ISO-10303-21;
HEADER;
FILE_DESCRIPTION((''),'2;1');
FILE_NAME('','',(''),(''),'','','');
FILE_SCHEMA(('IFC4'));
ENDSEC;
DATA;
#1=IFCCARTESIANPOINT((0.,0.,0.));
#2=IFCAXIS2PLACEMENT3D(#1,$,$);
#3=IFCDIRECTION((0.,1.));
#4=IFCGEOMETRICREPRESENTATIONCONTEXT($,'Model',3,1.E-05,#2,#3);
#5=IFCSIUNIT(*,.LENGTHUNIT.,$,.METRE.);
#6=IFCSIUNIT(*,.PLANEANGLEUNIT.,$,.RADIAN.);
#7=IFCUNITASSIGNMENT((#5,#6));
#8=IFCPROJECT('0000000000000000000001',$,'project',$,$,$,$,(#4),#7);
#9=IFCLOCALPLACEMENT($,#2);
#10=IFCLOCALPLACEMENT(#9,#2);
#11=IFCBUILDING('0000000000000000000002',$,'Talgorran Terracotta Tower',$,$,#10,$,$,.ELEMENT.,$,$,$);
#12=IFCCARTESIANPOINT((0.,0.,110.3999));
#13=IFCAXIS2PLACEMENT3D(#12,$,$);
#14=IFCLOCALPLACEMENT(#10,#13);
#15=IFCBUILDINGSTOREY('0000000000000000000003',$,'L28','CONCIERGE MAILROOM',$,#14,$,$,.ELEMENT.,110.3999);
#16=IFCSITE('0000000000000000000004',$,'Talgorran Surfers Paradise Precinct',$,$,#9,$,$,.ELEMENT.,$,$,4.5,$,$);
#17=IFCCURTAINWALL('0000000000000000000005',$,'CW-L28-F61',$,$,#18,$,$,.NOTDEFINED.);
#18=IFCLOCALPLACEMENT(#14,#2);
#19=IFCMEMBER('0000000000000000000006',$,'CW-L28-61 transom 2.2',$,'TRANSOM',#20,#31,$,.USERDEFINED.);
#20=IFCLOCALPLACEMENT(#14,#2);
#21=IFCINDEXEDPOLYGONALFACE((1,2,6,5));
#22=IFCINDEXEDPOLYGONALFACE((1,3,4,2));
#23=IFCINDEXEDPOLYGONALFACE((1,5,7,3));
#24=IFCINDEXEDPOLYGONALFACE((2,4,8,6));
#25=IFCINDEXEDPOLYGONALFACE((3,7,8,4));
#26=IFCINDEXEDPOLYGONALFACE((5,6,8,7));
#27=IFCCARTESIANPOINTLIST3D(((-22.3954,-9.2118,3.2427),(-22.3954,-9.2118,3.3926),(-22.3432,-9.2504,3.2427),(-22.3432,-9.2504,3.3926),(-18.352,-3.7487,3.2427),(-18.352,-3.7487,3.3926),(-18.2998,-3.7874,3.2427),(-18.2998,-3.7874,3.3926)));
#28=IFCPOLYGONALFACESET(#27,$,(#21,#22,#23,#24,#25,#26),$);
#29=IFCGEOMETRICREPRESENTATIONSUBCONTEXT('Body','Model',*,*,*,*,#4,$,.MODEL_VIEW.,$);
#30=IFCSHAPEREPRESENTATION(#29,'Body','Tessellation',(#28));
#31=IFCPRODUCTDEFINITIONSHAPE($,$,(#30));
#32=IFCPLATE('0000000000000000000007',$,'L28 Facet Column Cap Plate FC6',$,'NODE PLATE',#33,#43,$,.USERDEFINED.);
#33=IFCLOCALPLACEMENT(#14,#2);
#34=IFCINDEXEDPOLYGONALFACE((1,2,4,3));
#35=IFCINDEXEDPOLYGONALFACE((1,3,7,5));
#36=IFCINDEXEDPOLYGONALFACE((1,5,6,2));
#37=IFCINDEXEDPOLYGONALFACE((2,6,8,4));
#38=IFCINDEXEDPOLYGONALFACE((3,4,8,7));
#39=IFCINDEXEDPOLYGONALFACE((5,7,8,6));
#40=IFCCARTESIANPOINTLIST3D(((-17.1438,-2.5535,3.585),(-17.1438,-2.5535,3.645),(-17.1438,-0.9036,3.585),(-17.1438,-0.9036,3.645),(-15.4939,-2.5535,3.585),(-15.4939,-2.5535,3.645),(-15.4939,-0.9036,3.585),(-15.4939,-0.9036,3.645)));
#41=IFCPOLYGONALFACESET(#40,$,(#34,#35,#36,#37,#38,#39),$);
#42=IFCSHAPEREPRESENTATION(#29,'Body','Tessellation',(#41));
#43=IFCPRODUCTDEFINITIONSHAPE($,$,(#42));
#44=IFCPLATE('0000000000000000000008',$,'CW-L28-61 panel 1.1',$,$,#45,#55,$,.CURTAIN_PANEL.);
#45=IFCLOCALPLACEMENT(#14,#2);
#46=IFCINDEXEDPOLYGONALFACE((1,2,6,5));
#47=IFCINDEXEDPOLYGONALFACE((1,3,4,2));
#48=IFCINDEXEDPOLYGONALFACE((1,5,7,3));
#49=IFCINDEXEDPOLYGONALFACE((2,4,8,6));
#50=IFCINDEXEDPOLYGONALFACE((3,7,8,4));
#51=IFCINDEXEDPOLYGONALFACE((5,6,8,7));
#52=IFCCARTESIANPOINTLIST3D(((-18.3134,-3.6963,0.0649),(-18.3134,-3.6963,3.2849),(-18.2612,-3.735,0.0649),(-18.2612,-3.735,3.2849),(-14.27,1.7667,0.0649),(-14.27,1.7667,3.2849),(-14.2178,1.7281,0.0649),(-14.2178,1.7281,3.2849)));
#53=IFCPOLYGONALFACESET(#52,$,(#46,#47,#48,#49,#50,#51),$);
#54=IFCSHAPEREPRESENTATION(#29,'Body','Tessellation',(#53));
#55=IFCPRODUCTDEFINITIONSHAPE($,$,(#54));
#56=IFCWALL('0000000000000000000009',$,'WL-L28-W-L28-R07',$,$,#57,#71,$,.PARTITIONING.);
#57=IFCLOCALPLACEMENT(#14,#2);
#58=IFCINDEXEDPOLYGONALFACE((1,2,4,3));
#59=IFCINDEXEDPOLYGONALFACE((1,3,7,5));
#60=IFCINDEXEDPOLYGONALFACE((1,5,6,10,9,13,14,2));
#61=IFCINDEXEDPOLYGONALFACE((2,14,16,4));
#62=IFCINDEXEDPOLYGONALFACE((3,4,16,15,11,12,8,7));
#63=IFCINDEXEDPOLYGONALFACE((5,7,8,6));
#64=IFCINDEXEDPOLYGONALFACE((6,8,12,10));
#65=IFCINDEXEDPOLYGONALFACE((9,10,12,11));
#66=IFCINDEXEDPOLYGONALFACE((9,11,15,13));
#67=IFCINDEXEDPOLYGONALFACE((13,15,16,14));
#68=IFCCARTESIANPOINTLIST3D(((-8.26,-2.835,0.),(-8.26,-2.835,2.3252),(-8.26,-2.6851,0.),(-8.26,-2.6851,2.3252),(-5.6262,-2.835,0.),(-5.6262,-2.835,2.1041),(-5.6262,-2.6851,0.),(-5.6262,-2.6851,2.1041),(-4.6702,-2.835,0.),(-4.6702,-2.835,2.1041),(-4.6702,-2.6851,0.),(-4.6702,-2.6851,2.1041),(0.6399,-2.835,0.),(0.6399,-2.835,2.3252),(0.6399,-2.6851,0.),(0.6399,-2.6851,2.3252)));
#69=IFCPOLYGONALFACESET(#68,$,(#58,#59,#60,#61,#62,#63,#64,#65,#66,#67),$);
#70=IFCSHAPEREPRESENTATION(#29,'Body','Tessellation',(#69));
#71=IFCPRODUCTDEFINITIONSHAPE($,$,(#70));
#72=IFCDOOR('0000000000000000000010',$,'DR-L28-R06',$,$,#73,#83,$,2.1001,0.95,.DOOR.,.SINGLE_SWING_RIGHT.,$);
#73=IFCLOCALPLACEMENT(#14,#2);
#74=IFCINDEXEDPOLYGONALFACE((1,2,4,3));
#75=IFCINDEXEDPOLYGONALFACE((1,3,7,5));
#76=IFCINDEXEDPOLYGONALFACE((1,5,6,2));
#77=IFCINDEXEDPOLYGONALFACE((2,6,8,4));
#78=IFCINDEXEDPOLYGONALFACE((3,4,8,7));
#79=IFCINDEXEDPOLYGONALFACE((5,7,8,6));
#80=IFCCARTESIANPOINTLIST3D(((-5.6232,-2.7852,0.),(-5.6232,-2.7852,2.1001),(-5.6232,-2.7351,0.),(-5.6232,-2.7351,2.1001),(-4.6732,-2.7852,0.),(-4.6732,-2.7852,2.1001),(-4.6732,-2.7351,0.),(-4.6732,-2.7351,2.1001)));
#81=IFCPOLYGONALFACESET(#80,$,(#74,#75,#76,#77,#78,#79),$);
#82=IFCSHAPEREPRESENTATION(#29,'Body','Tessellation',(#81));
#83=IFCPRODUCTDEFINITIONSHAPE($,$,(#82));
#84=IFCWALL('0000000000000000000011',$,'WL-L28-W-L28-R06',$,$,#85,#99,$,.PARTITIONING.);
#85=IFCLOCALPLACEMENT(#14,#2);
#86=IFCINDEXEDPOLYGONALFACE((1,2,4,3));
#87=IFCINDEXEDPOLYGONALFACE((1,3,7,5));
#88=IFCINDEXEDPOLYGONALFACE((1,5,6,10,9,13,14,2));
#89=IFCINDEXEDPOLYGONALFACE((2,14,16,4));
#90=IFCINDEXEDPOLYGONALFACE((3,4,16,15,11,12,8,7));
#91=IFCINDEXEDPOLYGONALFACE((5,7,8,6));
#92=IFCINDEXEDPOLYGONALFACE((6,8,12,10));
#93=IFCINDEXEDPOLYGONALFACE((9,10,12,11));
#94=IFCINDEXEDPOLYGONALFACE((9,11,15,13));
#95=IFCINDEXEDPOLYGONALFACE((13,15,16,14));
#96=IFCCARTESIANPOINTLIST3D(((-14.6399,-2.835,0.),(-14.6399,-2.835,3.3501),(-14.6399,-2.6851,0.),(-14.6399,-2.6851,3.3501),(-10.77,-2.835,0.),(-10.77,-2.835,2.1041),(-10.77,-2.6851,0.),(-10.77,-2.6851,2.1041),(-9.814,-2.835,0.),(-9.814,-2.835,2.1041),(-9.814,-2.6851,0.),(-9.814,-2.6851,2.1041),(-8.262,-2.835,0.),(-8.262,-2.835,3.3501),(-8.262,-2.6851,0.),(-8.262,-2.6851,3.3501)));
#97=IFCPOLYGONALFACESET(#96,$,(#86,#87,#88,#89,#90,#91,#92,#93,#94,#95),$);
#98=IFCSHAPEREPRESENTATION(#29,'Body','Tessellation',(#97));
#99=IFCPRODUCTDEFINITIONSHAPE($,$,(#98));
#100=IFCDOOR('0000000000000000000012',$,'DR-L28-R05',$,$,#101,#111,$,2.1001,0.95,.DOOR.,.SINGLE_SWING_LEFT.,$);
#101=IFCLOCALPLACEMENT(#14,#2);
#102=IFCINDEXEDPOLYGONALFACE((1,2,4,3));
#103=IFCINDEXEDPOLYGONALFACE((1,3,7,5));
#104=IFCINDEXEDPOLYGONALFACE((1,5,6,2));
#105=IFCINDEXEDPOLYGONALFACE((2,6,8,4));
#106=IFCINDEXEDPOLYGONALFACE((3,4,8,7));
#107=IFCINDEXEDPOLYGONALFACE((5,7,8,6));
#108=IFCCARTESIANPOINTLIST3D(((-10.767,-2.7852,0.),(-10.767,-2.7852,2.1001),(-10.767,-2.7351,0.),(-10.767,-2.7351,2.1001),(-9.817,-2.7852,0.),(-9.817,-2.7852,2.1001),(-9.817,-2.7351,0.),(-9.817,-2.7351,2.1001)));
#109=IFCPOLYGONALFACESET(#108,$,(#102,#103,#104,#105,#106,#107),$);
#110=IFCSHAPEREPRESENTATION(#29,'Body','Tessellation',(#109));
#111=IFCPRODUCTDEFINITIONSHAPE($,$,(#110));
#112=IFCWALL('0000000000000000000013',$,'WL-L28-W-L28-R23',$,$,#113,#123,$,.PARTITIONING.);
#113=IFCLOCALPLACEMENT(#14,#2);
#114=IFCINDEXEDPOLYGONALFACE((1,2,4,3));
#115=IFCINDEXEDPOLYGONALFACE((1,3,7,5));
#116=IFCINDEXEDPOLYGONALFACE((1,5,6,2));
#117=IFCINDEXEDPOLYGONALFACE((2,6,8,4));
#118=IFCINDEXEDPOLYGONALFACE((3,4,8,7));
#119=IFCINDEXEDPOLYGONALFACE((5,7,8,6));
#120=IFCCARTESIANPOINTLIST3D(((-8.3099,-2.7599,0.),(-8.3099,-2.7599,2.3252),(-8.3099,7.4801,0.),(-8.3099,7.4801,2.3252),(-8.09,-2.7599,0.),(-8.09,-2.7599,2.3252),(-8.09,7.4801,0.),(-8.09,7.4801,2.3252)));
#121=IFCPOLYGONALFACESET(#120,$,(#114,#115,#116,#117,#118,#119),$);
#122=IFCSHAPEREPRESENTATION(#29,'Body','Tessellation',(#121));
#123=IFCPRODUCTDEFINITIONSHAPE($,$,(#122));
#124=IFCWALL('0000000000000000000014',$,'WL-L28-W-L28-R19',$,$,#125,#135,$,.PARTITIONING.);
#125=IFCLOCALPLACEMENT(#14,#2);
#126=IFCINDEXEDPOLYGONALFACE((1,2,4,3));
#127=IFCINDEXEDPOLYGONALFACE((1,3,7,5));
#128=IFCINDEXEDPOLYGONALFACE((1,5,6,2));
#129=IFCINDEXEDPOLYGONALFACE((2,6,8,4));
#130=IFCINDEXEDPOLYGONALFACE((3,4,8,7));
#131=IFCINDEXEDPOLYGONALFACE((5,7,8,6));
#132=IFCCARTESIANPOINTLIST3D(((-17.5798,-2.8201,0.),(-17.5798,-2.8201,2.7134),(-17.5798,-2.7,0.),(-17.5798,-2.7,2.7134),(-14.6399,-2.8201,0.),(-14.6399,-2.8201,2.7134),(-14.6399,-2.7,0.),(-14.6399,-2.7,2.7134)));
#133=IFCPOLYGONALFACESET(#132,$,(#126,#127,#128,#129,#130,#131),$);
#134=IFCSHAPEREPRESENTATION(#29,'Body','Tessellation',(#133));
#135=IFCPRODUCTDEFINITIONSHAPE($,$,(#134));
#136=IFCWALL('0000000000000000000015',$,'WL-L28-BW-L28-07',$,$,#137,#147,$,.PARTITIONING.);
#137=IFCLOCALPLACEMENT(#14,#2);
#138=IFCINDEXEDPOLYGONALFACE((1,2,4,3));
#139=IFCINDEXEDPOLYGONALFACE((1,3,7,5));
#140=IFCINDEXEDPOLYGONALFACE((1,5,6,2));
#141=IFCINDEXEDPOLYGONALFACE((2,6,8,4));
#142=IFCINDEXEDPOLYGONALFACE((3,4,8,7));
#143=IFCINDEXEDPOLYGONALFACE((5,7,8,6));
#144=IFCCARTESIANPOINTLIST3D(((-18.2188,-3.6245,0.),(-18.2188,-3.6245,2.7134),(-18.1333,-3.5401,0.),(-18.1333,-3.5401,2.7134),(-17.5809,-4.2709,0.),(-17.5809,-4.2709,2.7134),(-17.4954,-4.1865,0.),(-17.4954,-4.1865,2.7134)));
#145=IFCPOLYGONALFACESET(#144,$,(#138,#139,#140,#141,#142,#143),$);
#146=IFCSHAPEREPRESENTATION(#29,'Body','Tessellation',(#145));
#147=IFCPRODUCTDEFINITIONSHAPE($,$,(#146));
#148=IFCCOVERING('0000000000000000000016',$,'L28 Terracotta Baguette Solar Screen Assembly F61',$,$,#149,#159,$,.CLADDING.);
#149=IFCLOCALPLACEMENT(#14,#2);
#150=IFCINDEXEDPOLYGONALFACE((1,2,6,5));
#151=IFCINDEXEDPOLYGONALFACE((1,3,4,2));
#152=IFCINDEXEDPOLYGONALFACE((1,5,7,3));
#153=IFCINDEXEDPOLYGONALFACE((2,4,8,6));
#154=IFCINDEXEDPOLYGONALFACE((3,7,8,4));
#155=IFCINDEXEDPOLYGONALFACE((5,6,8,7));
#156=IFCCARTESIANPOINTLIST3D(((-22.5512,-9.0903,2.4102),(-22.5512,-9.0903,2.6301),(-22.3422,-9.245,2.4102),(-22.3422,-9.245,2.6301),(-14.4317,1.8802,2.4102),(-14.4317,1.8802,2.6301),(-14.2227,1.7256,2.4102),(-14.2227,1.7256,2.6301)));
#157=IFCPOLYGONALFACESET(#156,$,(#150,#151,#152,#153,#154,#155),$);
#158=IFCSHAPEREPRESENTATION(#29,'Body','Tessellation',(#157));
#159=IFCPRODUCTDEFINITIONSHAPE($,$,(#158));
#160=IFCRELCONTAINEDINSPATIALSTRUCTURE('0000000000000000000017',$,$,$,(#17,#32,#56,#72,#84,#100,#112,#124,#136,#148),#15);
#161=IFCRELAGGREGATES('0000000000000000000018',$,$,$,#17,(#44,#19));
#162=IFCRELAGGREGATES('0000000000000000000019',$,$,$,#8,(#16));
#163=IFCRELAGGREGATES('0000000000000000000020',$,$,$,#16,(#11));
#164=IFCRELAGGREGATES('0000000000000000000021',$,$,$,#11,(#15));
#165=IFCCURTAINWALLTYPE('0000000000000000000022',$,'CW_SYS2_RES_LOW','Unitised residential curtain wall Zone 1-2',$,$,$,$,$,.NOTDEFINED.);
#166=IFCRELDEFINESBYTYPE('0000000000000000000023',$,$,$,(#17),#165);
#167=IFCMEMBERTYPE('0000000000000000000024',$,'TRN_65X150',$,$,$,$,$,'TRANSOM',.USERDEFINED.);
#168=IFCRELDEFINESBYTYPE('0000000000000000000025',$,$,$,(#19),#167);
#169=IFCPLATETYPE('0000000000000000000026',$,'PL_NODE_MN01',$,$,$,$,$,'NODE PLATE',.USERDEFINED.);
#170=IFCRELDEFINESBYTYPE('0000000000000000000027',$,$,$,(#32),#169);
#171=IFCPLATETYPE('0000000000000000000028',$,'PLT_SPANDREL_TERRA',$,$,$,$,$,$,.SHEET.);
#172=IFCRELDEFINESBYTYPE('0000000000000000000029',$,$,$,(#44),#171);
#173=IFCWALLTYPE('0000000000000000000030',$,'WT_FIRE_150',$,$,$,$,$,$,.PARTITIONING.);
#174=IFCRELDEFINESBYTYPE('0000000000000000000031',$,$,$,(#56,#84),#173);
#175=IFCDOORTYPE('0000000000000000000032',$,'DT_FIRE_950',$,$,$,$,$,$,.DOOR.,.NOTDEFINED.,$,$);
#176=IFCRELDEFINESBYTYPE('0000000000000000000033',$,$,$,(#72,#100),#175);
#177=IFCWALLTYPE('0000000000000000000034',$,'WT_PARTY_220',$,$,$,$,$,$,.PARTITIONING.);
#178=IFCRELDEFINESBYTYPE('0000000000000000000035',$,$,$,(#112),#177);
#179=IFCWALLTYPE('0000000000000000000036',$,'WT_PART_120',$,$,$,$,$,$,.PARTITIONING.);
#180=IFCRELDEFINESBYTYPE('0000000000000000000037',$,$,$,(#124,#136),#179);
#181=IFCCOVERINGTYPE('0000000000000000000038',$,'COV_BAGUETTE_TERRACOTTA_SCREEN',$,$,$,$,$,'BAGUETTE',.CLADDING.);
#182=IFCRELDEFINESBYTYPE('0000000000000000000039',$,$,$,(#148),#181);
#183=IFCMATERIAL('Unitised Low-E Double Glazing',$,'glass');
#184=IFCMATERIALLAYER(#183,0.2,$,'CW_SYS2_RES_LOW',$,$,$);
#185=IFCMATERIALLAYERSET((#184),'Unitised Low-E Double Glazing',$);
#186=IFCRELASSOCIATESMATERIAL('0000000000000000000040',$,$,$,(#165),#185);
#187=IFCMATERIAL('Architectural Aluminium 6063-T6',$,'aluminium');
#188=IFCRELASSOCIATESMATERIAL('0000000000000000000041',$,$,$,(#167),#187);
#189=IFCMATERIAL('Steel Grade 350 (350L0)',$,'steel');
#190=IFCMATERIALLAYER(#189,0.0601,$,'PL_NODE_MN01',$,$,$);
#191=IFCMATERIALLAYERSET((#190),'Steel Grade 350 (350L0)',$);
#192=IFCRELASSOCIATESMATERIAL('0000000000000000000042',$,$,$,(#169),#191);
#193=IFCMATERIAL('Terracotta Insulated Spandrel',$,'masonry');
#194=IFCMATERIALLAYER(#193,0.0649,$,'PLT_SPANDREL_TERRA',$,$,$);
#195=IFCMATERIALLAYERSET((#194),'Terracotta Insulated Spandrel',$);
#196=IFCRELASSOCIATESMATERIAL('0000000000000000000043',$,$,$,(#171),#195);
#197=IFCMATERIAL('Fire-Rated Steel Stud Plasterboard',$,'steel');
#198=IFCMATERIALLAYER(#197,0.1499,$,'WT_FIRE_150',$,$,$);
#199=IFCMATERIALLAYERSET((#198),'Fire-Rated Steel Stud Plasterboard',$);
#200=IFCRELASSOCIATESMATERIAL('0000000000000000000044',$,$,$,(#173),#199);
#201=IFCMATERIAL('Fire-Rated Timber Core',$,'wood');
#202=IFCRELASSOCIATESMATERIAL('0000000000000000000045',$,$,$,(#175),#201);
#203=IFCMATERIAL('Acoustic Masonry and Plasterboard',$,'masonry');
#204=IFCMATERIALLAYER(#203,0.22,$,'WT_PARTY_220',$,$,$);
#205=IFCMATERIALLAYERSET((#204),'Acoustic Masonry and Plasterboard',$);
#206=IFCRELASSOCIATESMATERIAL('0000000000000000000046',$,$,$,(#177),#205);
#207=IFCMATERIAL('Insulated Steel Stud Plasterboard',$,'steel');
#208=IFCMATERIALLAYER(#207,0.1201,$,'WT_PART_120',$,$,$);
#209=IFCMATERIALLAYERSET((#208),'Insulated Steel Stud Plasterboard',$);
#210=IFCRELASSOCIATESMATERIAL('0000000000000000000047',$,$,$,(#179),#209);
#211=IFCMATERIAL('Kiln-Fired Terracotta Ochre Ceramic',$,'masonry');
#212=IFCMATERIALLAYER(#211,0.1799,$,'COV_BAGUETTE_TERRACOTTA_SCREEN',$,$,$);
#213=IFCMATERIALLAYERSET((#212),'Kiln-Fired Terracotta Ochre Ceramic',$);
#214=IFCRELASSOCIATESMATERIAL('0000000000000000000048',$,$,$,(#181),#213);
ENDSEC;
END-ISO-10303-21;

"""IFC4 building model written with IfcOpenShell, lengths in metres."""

from ifc_helpers import new_model, si_unit, direction, frame, frame_2d, origin, origin_2d, place, context, subcontext, project, spatial, rectangle, extrude, source, transform, mapped, material, layer, layer_set, material_profile, profile_set, type_object, type_shapes, element, fill, aggregate, save


model = new_model("IFC4")

# Units and contexts
model_context = context("Model", 3, precision=1e-05, world=origin(), true_north=direction((0.0, 1.0)))
body_context = subcontext(model_context, "Body", "Model", "MODEL_VIEW")
ifc_project = project(units=[si_unit("LENGTHUNIT", "METRE"), si_unit("PLANEANGLEUNIT", "RADIAN")], contexts=[model_context])

# Site, building, storey
site_placement = place(None, origin())
site = spatial("IfcSite", under=ifc_project, at=site_placement, Name="Talgorran Surfers Paradise Precinct", CompositionType="ELEMENT", RefElevation=4.5)
building_placement = place(site_placement, origin())
building = spatial("IfcBuilding", under=site, at=building_placement, Name="Talgorran Terracotta Tower", CompositionType="ELEMENT")
storey_placement = place(building_placement, frame((0.0, 0.0, 110.3999)))
storey = spatial("IfcBuildingStorey", under=building, at=storey_placement, Name="L28", Description="CONCIERGE MAILROOM", CompositionType="ELEMENT", Elevation=110.3999)

# Shared definitions
ifc_material_1 = material(Name="Steel Grade 350 (350L0)", Category="steel")

# Curtain wall, member
ifc_material_2 = material(Name="Unitised Low-E Double Glazing", Category="glass")
ifc_layer_1 = layer(ifc_material_2, 0.2, Name="CW_SYS2_RES_LOW")
ifc_layer_set_1 = layer_set([ifc_layer_1], Name="Unitised Low-E Double Glazing")
curtain_wall_type = type_object("IfcCurtainWallType", Name="CW_SYS2_RES_LOW", Description="Unitised residential curtain wall Zone 1-2", PredefinedType="NOTDEFINED", material=ifc_layer_set_1)
curtain_wall_placement = place(storey_placement, origin())
curtain_wall = element("IfcCurtainWall", 1, at=curtain_wall_placement, inside=storey, type_object=curtain_wall_type, Name="CW-L28-F61", PredefinedType="NOTDEFINED")
ifc_material_3 = material(Name="Architectural Aluminium 6063-T6", Category="aluminium")
ifc_material_profile_1 = material_profile(ifc_material_3, rectangle(XDim=0.0649, YDim=0.1499, at=origin_2d()), Name="CWT65X150")
ifc_profile_set_1 = profile_set([ifc_material_profile_1], Name="Architectural Aluminium 6063-T6")
member_type_1 = type_object("IfcMemberType", Name="TRN_65X150", ElementType="TRANSOM", PredefinedType="USERDEFINED", material=ifc_profile_set_1)
member_1_placement = place(storey_placement, frame((-18.3259, -3.7681, 3.3176), z_axis=(-0.594913, -0.80379, 0.0), x_axis=(0.80379, -0.594913, 0.0)))
member_1 = element("IfcMember", 2, at=member_1_placement, type_object=member_type_1, Name="CW-L28-61 transom 2.2", ObjectType="TRANSOM", PredefinedType="USERDEFINED", context=body_context, shape_type="SweptSolid", body=[
    extrude(rectangle(XDim=0.0649, YDim=0.1499, at=origin_2d()), origin(), (0.0, 0.0, 1.0), 6.7966),
])

# Plates
ifc_layer_2 = layer(ifc_material_1, 0.0601, Name="PL_NODE_MN01")
ifc_layer_set_2 = layer_set([ifc_layer_2], Name="Steel Grade 350 (350L0)")
plate_type_1 = type_object("IfcPlateType", Name="PL_NODE_MN01", ElementType="NODE PLATE", PredefinedType="USERDEFINED", material=ifc_layer_set_2)
plate_1_placement = place(storey_placement, frame((-16.3188, -1.7285, 3.585), z_axis=(0.0, 0.0, 1.0), x_axis=(1.0, 0.0, 0.0)))
element("IfcPlate", 3, at=plate_1_placement, inside=storey, type_object=plate_type_1, Name="L28 Facet Column Cap Plate FC6", ObjectType="NODE PLATE", PredefinedType="USERDEFINED", context=body_context, shape_type="SweptSolid", body=[
    extrude(rectangle(XDim=1.6499, YDim=1.6499, at=origin_2d()), origin(), (0.0, 0.0, 1.0), 0.0601),
])
ifc_material_4 = material(Name="Terracotta Insulated Spandrel", Category="masonry")
ifc_layer_3 = layer(ifc_material_4, 0.0649, Name="PLT_SPANDREL_TERRA")
ifc_layer_set_3 = layer_set([ifc_layer_3], Name="Terracotta Insulated Spandrel")
plate_type_2 = type_object("IfcPlateType", Name="PLT_SPANDREL_TERRA", PredefinedType="SHEET", material=ifc_layer_set_3)
shared_shape = source(origin(), body_context, "Body", "SweptSolid", [
    extrude(rectangle(XDim=6.7966, YDim=0.0649, at=origin_2d()), origin(), (0.0, 0.0, 1.0), 3.22),
])
type_shapes(plate_type_2, [shared_shape])
plate_2_placement = place(storey_placement, frame((-16.2656, -0.9841, 0.0649), z_axis=(0.0, 0.0, 1.0), x_axis=(-0.594912, -0.803791, 0.0)))
plate_2 = element("IfcPlate", 4, at=plate_2_placement, type_object=plate_type_2, Name="CW-L28-61 panel 1.1", PredefinedType="CURTAIN_PANEL", context=body_context, shape_type="MappedRepresentation", body=[
    mapped(shared_shape, transform((0.0, 0.0, 0.0), scale=1.0)),
])
aggregate(curtain_wall, [plate_2, member_1])

# Walls, openings, doors
ifc_material_5 = material(Name="Fire-Rated Steel Stud Plasterboard", Category="steel")
ifc_layer_4 = layer(ifc_material_5, 0.1499, Name="WT_FIRE_150")
ifc_layer_set_4 = layer_set([ifc_layer_4], Name="Fire-Rated Steel Stud Plasterboard")
wall_type_1 = type_object("IfcWallType", Name="WT_FIRE_150", PredefinedType="PARTITIONING", material=ifc_layer_set_4)
wall_1_placement = place(storey_placement, frame((-8.26, -2.76, 0.0), z_axis=(0.0, 0.0, 1.0), x_axis=(1.0, 0.0, 0.0)))
wall_1 = element("IfcWall", 5, at=wall_1_placement, inside=storey, type_object=wall_type_1, Name="WL-L28-W-L28-R07", PredefinedType="PARTITIONING", context=body_context, shape_type="SweptSolid", body=[
    extrude(rectangle(XDim=8.8999, YDim=0.1499, at=frame_2d((4.45, 0.0))), origin(), (0.0, 0.0, 1.0), 2.3252),
])
opening_1_placement = place(wall_1_placement, frame((2.6367, 0.0, 0.0)))
opening_1 = element("IfcOpeningElement", 6, at=opening_1_placement, cuts=wall_1, PredefinedType="OPENING", context=body_context, shape_type="SweptSolid", body=[
    extrude(rectangle(XDim=0.956, YDim=2.1041, at=frame_2d((0.4751, 1.052))), frame((0.0, 0.085, 0.0), z_axis=(0.0, -1.0, 0.0), x_axis=(1.0, 0.0, 0.0)), (0.0, 0.0, 1.0), 0.1699),
])
ifc_material_6 = material(Name="Fire-Rated Timber Core", Category="wood")
door_type = type_object("IfcDoorType", Name="DT_FIRE_950", OperationType="NOTDEFINED", PredefinedType="DOOR", material=ifc_material_6)
door_1_placement = place(opening_1_placement, origin())
door_1 = element("IfcDoor", 7, at=door_1_placement, inside=storey, type_object=door_type, Name="DR-L28-R06", OperationType="SINGLE_SWING_RIGHT", OverallHeight=2.1001, OverallWidth=0.95, PredefinedType="DOOR", context=body_context, shape_type="SweptSolid", body=[
    extrude(rectangle(XDim=0.95, YDim=2.1001, at=frame_2d((0.4751, 1.05))), frame((0.0, 0.0249, 0.0), z_axis=(0.0, -1.0, 0.0), x_axis=(1.0, 0.0, 0.0)), (0.0, 0.0, 1.0), 0.05),
])
fill(opening_1, door_1)
wall_2_placement = place(storey_placement, frame((-14.6399, -2.76, 0.0), z_axis=(0.0, 0.0, 1.0), x_axis=(1.0, 0.0, 0.0)))
wall_2 = element("IfcWall", 8, at=wall_2_placement, inside=storey, type_object=wall_type_1, Name="WL-L28-W-L28-R06", PredefinedType="PARTITIONING", context=body_context, shape_type="SweptSolid", body=[
    extrude(rectangle(XDim=6.3779, YDim=0.1499, at=frame_2d((3.189, 0.0))), origin(), (0.0, 0.0, 1.0), 3.3501),
])
opening_2_placement = place(wall_2_placement, frame((3.8728, 0.0, 0.0)))
opening_2 = element("IfcOpeningElement", 9, at=opening_2_placement, cuts=wall_2, PredefinedType="OPENING", context=body_context, shape_type="SweptSolid", body=[
    extrude(rectangle(XDim=0.956, YDim=2.1041, at=frame_2d((0.4751, 1.052))), frame((0.0, 0.085, 0.0), z_axis=(0.0, -1.0, 0.0), x_axis=(1.0, 0.0, 0.0)), (0.0, 0.0, 1.0), 0.1699),
])
door_2_placement = place(opening_2_placement, origin())
door_2 = element("IfcDoor", 10, at=door_2_placement, inside=storey, type_object=door_type, Name="DR-L28-R05", OperationType="SINGLE_SWING_LEFT", OverallHeight=2.1001, OverallWidth=0.95, PredefinedType="DOOR", context=body_context, shape_type="SweptSolid", body=[
    extrude(rectangle(XDim=0.95, YDim=2.1001, at=frame_2d((0.4751, 1.05))), frame((0.0, 0.0249, 0.0), z_axis=(0.0, -1.0, 0.0), x_axis=(1.0, 0.0, 0.0)), (0.0, 0.0, 1.0), 0.05),
])
fill(opening_2, door_2)

# Walls
ifc_material_7 = material(Name="Acoustic Masonry and Plasterboard", Category="masonry")
ifc_layer_5 = layer(ifc_material_7, 0.22, Name="WT_PARTY_220")
ifc_layer_set_5 = layer_set([ifc_layer_5], Name="Acoustic Masonry and Plasterboard")
wall_type_2 = type_object("IfcWallType", Name="WT_PARTY_220", PredefinedType="PARTITIONING", material=ifc_layer_set_5)
wall_3_placement = place(storey_placement, frame((-8.2, -2.76, 0.0), z_axis=(0.0, 0.0, 1.0), x_axis=(0.0, 1.0, 0.0)))
element("IfcWall", 11, at=wall_3_placement, inside=storey, type_object=wall_type_2, Name="WL-L28-W-L28-R23", PredefinedType="PARTITIONING", context=body_context, shape_type="SweptSolid", body=[
    extrude(rectangle(XDim=10.24, YDim=0.22, at=frame_2d((5.1201, 0.0))), origin(), (0.0, 0.0, 1.0), 2.3252),
])
ifc_material_8 = material(Name="Insulated Steel Stud Plasterboard", Category="steel")
ifc_layer_6 = layer(ifc_material_8, 0.1201, Name="WT_PART_120")
ifc_layer_set_6 = layer_set([ifc_layer_6], Name="Insulated Steel Stud Plasterboard")
wall_type_3 = type_object("IfcWallType", Name="WT_PART_120", PredefinedType="PARTITIONING", material=ifc_layer_set_6)
wall_4_placement = place(storey_placement, frame((-17.5798, -2.76, 0.0), z_axis=(0.0, 0.0, 1.0), x_axis=(1.0, 0.0, 0.0)))
element("IfcWall", 12, at=wall_4_placement, inside=storey, type_object=wall_type_3, Name="WL-L28-W-L28-R19", PredefinedType="PARTITIONING", context=body_context, shape_type="SweptSolid", body=[
    extrude(rectangle(XDim=2.9399, YDim=0.1201, at=frame_2d((1.47, 0.0))), origin(), (0.0, 0.0, 1.0), 2.7134),
])
wall_5_placement = place(storey_placement, frame((-18.176, -3.5823, 0.0), z_axis=(0.0, 0.0, 1.0), x_axis=(0.702387, -0.711795, 0.0)))
element("IfcWall", 13, at=wall_5_placement, inside=storey, type_object=wall_type_3, Name="WL-L28-BW-L28-07", PredefinedType="PARTITIONING", context=body_context, shape_type="SweptSolid", body=[
    extrude(rectangle(XDim=0.9082, YDim=0.1201, at=frame_2d((0.4541, 0.0))), origin(), (0.0, 0.0, 1.0), 2.7134),
])

# Covering
ifc_material_9 = material(Name="Kiln-Fired Terracotta Ochre Ceramic", Category="masonry")
ifc_layer_7 = layer(ifc_material_9, 0.1799, Name="COV_BAGUETTE_TERRACOTTA_SCREEN")
ifc_layer_set_7 = layer_set([ifc_layer_7], Name="Kiln-Fired Terracotta Ochre Ceramic")
covering_type_1 = type_object("IfcCoveringType", Name="COV_BAGUETTE_TERRACOTTA_SCREEN", ElementType="BAGUETTE", PredefinedType="CLADDING", material=ifc_layer_set_7)
covering_1_placement = place(storey_placement, frame((-18.387, -3.6824, 2.4102), z_axis=(0.0, 0.0, 1.0), x_axis=(-0.594907, -0.803795, 0.0)))
element("IfcCovering", 14, at=covering_1_placement, inside=storey, type_object=covering_type_1, Name="L28 Terracotta Baguette Solar Screen Assembly F61", PredefinedType="CLADDING", context=body_context, shape_type="SweptSolid", body=[
    extrude(rectangle(XDim=13.6484, YDim=0.26, at=origin_2d()), origin(), (0.0, 0.0, 1.0), 0.22),
])

save(model, "model.ifc")
